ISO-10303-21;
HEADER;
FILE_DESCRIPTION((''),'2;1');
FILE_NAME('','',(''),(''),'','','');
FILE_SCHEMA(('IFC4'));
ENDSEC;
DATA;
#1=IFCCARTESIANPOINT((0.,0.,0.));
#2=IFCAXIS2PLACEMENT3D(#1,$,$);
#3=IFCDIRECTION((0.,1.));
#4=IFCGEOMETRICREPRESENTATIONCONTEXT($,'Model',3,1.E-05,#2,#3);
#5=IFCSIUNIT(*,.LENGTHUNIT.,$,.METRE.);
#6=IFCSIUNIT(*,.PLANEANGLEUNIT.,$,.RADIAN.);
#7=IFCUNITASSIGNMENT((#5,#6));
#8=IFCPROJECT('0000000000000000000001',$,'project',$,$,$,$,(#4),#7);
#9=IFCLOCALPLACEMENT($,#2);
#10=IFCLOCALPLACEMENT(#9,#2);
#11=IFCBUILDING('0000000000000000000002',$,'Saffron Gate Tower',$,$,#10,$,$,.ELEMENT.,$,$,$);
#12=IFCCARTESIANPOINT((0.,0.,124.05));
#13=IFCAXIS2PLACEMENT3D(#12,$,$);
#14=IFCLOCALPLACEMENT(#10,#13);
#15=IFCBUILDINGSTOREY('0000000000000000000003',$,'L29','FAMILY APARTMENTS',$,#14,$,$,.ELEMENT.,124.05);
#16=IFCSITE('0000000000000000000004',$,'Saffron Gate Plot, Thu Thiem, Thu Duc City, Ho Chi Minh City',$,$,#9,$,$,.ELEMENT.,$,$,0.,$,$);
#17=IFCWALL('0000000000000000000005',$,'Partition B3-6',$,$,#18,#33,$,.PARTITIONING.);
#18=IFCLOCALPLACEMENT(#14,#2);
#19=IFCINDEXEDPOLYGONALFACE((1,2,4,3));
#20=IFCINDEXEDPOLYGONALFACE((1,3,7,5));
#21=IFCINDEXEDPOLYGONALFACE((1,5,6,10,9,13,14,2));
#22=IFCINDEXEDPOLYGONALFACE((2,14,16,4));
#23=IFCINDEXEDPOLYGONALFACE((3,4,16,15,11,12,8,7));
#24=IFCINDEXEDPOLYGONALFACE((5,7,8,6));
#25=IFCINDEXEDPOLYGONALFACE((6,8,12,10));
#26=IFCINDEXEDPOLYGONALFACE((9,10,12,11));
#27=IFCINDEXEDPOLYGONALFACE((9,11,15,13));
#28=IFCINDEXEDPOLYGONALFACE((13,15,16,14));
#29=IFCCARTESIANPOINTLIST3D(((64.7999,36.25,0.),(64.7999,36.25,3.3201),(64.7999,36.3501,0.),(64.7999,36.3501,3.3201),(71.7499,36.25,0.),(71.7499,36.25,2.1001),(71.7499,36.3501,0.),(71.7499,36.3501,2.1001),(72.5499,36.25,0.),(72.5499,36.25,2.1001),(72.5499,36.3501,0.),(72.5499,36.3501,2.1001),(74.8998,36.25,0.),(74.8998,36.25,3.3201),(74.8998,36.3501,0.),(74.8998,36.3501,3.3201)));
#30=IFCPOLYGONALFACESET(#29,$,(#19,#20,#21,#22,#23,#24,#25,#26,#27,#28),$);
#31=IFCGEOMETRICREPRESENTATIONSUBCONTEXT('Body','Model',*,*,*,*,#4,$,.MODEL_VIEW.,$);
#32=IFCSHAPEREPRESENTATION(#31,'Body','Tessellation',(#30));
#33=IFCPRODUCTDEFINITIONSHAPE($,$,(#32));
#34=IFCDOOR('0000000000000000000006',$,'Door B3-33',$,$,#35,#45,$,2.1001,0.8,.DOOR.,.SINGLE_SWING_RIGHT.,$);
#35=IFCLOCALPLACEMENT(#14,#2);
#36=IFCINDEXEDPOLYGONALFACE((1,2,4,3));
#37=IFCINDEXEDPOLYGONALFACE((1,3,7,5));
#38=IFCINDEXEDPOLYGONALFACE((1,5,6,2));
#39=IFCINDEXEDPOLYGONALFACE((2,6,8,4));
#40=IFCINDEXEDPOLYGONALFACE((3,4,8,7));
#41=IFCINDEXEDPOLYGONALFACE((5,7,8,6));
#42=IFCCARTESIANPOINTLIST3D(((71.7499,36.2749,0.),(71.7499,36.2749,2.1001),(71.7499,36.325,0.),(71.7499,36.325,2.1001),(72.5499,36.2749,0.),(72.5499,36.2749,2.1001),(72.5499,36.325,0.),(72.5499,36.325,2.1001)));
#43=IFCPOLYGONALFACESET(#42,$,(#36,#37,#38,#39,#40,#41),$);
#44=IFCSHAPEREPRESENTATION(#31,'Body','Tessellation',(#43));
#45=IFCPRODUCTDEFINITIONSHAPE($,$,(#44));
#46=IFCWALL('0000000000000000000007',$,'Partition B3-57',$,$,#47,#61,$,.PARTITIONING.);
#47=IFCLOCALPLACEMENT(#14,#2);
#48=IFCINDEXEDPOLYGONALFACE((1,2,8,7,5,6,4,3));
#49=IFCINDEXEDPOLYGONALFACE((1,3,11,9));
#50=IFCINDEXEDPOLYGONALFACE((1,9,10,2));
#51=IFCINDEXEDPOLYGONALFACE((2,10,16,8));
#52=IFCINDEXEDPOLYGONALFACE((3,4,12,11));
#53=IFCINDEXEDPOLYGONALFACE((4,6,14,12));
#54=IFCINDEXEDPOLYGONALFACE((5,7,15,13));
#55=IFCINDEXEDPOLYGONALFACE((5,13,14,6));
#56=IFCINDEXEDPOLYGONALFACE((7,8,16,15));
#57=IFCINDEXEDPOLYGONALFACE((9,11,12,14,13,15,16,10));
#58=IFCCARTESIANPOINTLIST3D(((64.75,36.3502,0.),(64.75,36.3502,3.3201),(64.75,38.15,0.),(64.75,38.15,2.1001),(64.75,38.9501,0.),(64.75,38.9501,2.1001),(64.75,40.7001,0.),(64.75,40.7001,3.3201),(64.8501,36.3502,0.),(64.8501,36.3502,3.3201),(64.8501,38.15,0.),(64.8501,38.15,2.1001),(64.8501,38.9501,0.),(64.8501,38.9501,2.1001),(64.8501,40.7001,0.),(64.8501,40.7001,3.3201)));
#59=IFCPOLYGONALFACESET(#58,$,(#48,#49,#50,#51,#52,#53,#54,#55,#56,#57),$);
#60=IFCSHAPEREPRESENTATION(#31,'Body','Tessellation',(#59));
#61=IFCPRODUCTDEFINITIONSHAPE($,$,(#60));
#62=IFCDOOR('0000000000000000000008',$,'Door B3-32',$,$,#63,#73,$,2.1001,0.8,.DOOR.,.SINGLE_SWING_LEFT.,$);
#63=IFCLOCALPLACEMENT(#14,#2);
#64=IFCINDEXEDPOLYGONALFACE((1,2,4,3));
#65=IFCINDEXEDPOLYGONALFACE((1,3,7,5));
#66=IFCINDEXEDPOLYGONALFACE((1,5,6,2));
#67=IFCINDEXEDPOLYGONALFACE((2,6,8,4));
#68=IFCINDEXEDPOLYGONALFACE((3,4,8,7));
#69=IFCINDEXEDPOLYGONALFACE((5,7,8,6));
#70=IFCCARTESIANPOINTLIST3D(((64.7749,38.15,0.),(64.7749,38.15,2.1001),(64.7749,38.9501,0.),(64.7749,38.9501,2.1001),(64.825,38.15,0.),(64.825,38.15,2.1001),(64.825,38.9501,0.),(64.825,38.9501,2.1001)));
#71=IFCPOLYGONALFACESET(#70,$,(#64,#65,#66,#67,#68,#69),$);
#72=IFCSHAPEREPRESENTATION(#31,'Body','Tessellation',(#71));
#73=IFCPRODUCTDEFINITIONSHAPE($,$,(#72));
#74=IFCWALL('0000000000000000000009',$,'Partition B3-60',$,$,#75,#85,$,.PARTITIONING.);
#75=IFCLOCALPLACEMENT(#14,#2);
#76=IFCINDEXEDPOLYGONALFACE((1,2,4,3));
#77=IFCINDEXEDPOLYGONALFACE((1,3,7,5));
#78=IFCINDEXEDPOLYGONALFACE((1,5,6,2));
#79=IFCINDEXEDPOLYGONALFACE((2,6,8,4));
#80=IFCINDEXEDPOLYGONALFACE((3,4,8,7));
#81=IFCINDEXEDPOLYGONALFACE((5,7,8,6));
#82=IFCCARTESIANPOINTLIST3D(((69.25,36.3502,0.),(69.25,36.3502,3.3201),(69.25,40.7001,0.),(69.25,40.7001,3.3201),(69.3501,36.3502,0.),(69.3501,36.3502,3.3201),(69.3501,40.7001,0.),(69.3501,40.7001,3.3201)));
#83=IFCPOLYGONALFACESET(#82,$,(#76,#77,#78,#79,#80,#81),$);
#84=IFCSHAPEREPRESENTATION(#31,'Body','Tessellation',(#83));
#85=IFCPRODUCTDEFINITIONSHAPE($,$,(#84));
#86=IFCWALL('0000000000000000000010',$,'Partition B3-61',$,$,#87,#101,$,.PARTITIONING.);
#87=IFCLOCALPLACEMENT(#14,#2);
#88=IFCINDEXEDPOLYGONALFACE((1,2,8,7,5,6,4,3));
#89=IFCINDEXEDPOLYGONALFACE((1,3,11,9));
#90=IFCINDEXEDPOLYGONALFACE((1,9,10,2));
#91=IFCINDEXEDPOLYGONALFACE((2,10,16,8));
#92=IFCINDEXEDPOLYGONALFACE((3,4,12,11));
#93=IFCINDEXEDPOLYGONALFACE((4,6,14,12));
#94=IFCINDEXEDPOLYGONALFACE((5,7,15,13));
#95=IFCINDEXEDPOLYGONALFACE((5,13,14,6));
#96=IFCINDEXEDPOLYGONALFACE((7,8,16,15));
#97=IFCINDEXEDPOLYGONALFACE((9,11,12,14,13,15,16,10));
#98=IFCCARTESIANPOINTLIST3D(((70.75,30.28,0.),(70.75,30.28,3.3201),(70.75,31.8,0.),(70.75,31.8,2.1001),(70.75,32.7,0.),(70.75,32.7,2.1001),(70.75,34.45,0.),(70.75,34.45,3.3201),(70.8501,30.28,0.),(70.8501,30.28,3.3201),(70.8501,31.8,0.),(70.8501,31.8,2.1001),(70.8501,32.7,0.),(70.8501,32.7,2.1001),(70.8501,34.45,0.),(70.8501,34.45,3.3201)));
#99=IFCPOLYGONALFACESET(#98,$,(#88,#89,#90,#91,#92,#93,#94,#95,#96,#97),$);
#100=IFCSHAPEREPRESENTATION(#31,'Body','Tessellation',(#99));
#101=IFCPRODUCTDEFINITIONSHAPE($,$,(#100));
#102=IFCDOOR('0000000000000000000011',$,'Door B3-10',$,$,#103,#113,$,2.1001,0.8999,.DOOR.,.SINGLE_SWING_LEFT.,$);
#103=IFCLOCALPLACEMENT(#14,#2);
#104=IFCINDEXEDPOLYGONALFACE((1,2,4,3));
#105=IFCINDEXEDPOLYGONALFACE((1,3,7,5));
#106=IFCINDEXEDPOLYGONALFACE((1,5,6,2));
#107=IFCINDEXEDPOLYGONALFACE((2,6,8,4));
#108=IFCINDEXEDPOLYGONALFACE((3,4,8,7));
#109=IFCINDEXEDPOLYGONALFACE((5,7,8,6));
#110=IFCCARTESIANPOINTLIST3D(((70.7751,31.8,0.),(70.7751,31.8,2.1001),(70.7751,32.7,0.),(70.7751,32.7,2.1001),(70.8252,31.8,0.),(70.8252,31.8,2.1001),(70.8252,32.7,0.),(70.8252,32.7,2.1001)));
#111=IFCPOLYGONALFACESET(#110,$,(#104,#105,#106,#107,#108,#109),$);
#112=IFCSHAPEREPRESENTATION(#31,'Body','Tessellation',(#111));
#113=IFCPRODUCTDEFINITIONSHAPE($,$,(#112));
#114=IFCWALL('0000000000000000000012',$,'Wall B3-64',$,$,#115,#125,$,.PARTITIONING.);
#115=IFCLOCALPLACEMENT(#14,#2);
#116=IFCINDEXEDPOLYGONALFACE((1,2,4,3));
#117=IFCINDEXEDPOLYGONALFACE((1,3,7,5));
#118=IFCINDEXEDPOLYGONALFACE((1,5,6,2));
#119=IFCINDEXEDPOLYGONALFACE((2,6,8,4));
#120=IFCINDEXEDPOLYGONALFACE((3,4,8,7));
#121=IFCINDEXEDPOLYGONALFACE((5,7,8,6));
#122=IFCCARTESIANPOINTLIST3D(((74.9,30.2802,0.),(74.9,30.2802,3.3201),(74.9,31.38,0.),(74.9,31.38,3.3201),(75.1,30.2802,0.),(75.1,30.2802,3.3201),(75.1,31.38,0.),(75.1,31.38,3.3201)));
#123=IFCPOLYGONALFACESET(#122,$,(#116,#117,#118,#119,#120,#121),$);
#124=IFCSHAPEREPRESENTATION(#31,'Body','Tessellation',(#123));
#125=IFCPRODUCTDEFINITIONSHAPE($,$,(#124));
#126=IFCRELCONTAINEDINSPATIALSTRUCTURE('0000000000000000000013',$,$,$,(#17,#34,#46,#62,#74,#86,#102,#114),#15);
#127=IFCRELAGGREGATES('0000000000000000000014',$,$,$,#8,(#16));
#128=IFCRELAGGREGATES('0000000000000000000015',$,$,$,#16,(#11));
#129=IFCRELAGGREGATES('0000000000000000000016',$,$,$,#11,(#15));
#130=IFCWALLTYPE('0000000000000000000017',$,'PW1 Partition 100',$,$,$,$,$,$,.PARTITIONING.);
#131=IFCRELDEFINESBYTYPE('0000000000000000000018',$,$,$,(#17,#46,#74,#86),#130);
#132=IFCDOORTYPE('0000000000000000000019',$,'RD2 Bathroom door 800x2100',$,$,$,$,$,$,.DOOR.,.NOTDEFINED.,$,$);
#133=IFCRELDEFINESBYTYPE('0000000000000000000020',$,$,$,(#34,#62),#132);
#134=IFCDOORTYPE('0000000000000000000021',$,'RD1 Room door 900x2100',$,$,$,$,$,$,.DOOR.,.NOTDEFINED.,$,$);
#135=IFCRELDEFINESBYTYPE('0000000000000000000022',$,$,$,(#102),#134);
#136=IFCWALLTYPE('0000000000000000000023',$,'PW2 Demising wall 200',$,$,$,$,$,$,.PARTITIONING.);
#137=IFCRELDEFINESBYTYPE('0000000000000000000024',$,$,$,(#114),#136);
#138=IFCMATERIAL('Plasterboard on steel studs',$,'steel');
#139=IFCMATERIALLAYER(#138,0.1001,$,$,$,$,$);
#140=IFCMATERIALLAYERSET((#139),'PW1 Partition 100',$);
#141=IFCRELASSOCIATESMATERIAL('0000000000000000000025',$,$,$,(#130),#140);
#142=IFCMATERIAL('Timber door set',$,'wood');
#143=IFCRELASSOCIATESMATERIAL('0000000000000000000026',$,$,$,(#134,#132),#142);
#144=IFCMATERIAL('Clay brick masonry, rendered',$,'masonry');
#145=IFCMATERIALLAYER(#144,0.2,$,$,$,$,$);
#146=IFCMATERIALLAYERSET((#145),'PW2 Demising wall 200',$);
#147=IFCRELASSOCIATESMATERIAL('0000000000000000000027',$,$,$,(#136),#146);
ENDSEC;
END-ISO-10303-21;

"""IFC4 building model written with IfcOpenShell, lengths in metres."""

from ifc_helpers import new_model, si_unit, direction, frame, frame_2d, origin, place, context, subcontext, project, spatial, rectangle, extrude, material, layer, layer_set, type_object, element, fill, save


model = new_model("IFC4")

# Units and contexts
model_context = context("Model", 3, precision=1e-05, world=origin(), true_north=direction((0.0, 1.0)))
body_context = subcontext(model_context, "Body", "Model", "MODEL_VIEW")
ifc_project = project(units=[si_unit("LENGTHUNIT", "METRE"), si_unit("PLANEANGLEUNIT", "RADIAN")], contexts=[model_context])

# Site, building, storey
site_placement = place(None, origin())
site = spatial("IfcSite", under=ifc_project, at=site_placement, Name="Saffron Gate Plot, Thu Thiem, Thu Duc City, Ho Chi Minh City", CompositionType="ELEMENT", RefElevation=0.0)
building_placement = place(site_placement, origin())
building = spatial("IfcBuilding", under=site, at=building_placement, Name="Saffron Gate Tower", CompositionType="ELEMENT")
storey_placement = place(building_placement, frame((0.0, 0.0, 124.05)))
storey = spatial("IfcBuildingStorey", under=building, at=storey_placement, Name="L29", Description="FAMILY APARTMENTS", CompositionType="ELEMENT", Elevation=124.05)

# Shared definitions
ifc_material_1 = material(Name="Plasterboard on steel studs", Category="steel")
ifc_layer_1 = layer(ifc_material_1, 0.1001)
ifc_layer_set_1 = layer_set([ifc_layer_1], Name="PW1 Partition 100")
wall_type_1 = type_object("IfcWallType", Name="PW1 Partition 100", PredefinedType="PARTITIONING", material=ifc_layer_set_1)
ifc_material_2 = material(Name="Timber door set", Category="wood")
door_type_1 = type_object("IfcDoorType", Name="RD1 Room door 900x2100", OperationType="NOTDEFINED", PredefinedType="DOOR", material=ifc_material_2)

# Walls, openings, doors
wall_1_placement = place(storey_placement, frame((64.8, 36.3, 0.0), z_axis=(0.0, 0.0, 1.0), x_axis=(1.0, 0.0, 0.0)))
wall_1 = element("IfcWall", 1, at=wall_1_placement, inside=storey, type_object=wall_type_1, Name="Partition B3-6", PredefinedType="PARTITIONING", context=body_context, shape_type="SweptSolid", body=[
    extrude(rectangle(XDim=10.0999, YDim=0.1001, at=frame_2d((5.0498, 0.0))), origin(), (0.0, 0.0, 1.0), 3.3201),
])
opening_1_placement = place(wall_1_placement, frame((6.95, 0.0, 0.0)))
opening_1 = element("IfcOpeningElement", 2, at=opening_1_placement, cuts=wall_1, PredefinedType="OPENING", context=body_context, shape_type="SweptSolid", body=[
    extrude(rectangle(XDim=0.8, YDim=2.1001, at=frame_2d((0.3999, 1.05))), frame((0.0, 0.0601, 0.0), z_axis=(0.0, -1.0, 0.0), x_axis=(1.0, 0.0, 0.0)), (0.0, 0.0, 1.0), 0.1201),
])
door_type_2 = type_object("IfcDoorType", Name="RD2 Bathroom door 800x2100", OperationType="NOTDEFINED", PredefinedType="DOOR", material=ifc_material_2)
door_1_placement = place(opening_1_placement, origin())
door_1 = element("IfcDoor", 3, at=door_1_placement, inside=storey, type_object=door_type_2, Name="Door B3-33", OperationType="SINGLE_SWING_RIGHT", OverallHeight=2.1001, OverallWidth=0.8, PredefinedType="DOOR", context=body_context, shape_type="SweptSolid", body=[
    extrude(rectangle(XDim=0.8, YDim=2.1001, at=frame_2d((0.3999, 1.05))), frame((0.0, 0.0249, 0.0), z_axis=(0.0, -1.0, 0.0), x_axis=(1.0, 0.0, 0.0)), (0.0, 0.0, 1.0), 0.05),
])
fill(opening_1, door_1)
wall_2_placement = place(storey_placement, frame((64.8, 40.7, 0.0), z_axis=(0.0, 0.0, 1.0), x_axis=(0.0, -1.0, 0.0)))
wall_2 = element("IfcWall", 4, at=wall_2_placement, inside=storey, type_object=wall_type_1, Name="Partition B3-57", PredefinedType="PARTITIONING", context=body_context, shape_type="SweptSolid", body=[
    extrude(rectangle(XDim=4.3499, YDim=0.1001, at=frame_2d((2.1748, 0.0))), origin(), (0.0, 0.0, 1.0), 3.3201),
])
opening_2_placement = place(wall_2_placement, frame((1.75, 0.0, 0.0)))
opening_2 = element("IfcOpeningElement", 5, at=opening_2_placement, cuts=wall_2, PredefinedType="OPENING", context=body_context, shape_type="SweptSolid", body=[
    extrude(rectangle(XDim=0.8, YDim=2.1001, at=frame_2d((0.3999, 1.05))), frame((0.0, 0.0601, 0.0), z_axis=(0.0, -1.0, 0.0), x_axis=(1.0, 0.0, 0.0)), (0.0, 0.0, 1.0), 0.1201),
])
door_2_placement = place(opening_2_placement, origin())
door_2 = element("IfcDoor", 6, at=door_2_placement, inside=storey, type_object=door_type_2, Name="Door B3-32", OperationType="SINGLE_SWING_LEFT", OverallHeight=2.1001, OverallWidth=0.8, PredefinedType="DOOR", context=body_context, shape_type="SweptSolid", body=[
    extrude(rectangle(XDim=0.8, YDim=2.1001, at=frame_2d((0.3999, 1.05))), frame((0.0, 0.0249, 0.0), z_axis=(0.0, -1.0, 0.0), x_axis=(1.0, 0.0, 0.0)), (0.0, 0.0, 1.0), 0.05),
])
fill(opening_2, door_2)

# Wall
wall_3_placement = place(storey_placement, frame((69.3, 40.7, 0.0), z_axis=(0.0, 0.0, 1.0), x_axis=(0.0, -1.0, 0.0)))
element("IfcWall", 7, at=wall_3_placement, inside=storey, type_object=wall_type_1, Name="Partition B3-60", PredefinedType="PARTITIONING", context=body_context, shape_type="SweptSolid", body=[
    extrude(rectangle(XDim=4.3499, YDim=0.1001, at=frame_2d((2.1748, 0.0))), origin(), (0.0, 0.0, 1.0), 3.3201),
])

# Wall, opening, door
wall_4_placement = place(storey_placement, frame((70.8, 30.28, 0.0), z_axis=(0.0, 0.0, 1.0), x_axis=(0.0, 1.0, 0.0)))
wall_4 = element("IfcWall", 8, at=wall_4_placement, inside=storey, type_object=wall_type_1, Name="Partition B3-61", PredefinedType="PARTITIONING", context=body_context, shape_type="SweptSolid", body=[
    extrude(rectangle(XDim=4.1699, YDim=0.1001, at=frame_2d((2.085, 0.0))), origin(), (0.0, 0.0, 1.0), 3.3201),
])
opening_3_placement = place(wall_4_placement, frame((1.52, 0.0, 0.0)))
opening_3 = element("IfcOpeningElement", 9, at=opening_3_placement, cuts=wall_4, PredefinedType="OPENING", context=body_context, shape_type="SweptSolid", body=[
    extrude(rectangle(XDim=0.8999, YDim=2.1001, at=frame_2d((0.45, 1.05))), frame((0.0, 0.0601, 0.0), z_axis=(0.0, -1.0, 0.0), x_axis=(1.0, 0.0, 0.0)), (0.0, 0.0, 1.0), 0.1201),
])
door_3_placement = place(opening_3_placement, origin())
door_3 = element("IfcDoor", 10, at=door_3_placement, inside=storey, type_object=door_type_1, Name="Door B3-10", OperationType="SINGLE_SWING_LEFT", OverallHeight=2.1001, OverallWidth=0.8999, PredefinedType="DOOR", context=body_context, shape_type="SweptSolid", body=[
    extrude(rectangle(XDim=0.8999, YDim=2.1001, at=frame_2d((0.45, 1.05))), frame((0.0, 0.0249, 0.0), z_axis=(0.0, -1.0, 0.0), x_axis=(1.0, 0.0, 0.0)), (0.0, 0.0, 1.0), 0.05),
])
fill(opening_3, door_3)

# Wall
ifc_material_3 = material(Name="Clay brick masonry, rendered", Category="masonry")
ifc_layer_2 = layer(ifc_material_3, 0.2)
ifc_layer_set_2 = layer_set([ifc_layer_2], Name="PW2 Demising wall 200")
wall_type_2 = type_object("IfcWallType", Name="PW2 Demising wall 200", PredefinedType="PARTITIONING", material=ifc_layer_set_2)
wall_5_placement = place(storey_placement, frame((75.0, 31.3799, 0.0), z_axis=(0.0, 0.0, 1.0), x_axis=(0.0, -1.0, 0.0)))
element("IfcWall", 11, at=wall_5_placement, inside=storey, type_object=wall_type_2, Name="Wall B3-64", PredefinedType="PARTITIONING", context=body_context, shape_type="SweptSolid", body=[
    extrude(rectangle(XDim=1.0999, YDim=0.2, at=frame_2d((0.5498, 0.0))), origin(), (0.0, 0.0, 1.0), 3.3201),
])

save(model, "model.ifc")
